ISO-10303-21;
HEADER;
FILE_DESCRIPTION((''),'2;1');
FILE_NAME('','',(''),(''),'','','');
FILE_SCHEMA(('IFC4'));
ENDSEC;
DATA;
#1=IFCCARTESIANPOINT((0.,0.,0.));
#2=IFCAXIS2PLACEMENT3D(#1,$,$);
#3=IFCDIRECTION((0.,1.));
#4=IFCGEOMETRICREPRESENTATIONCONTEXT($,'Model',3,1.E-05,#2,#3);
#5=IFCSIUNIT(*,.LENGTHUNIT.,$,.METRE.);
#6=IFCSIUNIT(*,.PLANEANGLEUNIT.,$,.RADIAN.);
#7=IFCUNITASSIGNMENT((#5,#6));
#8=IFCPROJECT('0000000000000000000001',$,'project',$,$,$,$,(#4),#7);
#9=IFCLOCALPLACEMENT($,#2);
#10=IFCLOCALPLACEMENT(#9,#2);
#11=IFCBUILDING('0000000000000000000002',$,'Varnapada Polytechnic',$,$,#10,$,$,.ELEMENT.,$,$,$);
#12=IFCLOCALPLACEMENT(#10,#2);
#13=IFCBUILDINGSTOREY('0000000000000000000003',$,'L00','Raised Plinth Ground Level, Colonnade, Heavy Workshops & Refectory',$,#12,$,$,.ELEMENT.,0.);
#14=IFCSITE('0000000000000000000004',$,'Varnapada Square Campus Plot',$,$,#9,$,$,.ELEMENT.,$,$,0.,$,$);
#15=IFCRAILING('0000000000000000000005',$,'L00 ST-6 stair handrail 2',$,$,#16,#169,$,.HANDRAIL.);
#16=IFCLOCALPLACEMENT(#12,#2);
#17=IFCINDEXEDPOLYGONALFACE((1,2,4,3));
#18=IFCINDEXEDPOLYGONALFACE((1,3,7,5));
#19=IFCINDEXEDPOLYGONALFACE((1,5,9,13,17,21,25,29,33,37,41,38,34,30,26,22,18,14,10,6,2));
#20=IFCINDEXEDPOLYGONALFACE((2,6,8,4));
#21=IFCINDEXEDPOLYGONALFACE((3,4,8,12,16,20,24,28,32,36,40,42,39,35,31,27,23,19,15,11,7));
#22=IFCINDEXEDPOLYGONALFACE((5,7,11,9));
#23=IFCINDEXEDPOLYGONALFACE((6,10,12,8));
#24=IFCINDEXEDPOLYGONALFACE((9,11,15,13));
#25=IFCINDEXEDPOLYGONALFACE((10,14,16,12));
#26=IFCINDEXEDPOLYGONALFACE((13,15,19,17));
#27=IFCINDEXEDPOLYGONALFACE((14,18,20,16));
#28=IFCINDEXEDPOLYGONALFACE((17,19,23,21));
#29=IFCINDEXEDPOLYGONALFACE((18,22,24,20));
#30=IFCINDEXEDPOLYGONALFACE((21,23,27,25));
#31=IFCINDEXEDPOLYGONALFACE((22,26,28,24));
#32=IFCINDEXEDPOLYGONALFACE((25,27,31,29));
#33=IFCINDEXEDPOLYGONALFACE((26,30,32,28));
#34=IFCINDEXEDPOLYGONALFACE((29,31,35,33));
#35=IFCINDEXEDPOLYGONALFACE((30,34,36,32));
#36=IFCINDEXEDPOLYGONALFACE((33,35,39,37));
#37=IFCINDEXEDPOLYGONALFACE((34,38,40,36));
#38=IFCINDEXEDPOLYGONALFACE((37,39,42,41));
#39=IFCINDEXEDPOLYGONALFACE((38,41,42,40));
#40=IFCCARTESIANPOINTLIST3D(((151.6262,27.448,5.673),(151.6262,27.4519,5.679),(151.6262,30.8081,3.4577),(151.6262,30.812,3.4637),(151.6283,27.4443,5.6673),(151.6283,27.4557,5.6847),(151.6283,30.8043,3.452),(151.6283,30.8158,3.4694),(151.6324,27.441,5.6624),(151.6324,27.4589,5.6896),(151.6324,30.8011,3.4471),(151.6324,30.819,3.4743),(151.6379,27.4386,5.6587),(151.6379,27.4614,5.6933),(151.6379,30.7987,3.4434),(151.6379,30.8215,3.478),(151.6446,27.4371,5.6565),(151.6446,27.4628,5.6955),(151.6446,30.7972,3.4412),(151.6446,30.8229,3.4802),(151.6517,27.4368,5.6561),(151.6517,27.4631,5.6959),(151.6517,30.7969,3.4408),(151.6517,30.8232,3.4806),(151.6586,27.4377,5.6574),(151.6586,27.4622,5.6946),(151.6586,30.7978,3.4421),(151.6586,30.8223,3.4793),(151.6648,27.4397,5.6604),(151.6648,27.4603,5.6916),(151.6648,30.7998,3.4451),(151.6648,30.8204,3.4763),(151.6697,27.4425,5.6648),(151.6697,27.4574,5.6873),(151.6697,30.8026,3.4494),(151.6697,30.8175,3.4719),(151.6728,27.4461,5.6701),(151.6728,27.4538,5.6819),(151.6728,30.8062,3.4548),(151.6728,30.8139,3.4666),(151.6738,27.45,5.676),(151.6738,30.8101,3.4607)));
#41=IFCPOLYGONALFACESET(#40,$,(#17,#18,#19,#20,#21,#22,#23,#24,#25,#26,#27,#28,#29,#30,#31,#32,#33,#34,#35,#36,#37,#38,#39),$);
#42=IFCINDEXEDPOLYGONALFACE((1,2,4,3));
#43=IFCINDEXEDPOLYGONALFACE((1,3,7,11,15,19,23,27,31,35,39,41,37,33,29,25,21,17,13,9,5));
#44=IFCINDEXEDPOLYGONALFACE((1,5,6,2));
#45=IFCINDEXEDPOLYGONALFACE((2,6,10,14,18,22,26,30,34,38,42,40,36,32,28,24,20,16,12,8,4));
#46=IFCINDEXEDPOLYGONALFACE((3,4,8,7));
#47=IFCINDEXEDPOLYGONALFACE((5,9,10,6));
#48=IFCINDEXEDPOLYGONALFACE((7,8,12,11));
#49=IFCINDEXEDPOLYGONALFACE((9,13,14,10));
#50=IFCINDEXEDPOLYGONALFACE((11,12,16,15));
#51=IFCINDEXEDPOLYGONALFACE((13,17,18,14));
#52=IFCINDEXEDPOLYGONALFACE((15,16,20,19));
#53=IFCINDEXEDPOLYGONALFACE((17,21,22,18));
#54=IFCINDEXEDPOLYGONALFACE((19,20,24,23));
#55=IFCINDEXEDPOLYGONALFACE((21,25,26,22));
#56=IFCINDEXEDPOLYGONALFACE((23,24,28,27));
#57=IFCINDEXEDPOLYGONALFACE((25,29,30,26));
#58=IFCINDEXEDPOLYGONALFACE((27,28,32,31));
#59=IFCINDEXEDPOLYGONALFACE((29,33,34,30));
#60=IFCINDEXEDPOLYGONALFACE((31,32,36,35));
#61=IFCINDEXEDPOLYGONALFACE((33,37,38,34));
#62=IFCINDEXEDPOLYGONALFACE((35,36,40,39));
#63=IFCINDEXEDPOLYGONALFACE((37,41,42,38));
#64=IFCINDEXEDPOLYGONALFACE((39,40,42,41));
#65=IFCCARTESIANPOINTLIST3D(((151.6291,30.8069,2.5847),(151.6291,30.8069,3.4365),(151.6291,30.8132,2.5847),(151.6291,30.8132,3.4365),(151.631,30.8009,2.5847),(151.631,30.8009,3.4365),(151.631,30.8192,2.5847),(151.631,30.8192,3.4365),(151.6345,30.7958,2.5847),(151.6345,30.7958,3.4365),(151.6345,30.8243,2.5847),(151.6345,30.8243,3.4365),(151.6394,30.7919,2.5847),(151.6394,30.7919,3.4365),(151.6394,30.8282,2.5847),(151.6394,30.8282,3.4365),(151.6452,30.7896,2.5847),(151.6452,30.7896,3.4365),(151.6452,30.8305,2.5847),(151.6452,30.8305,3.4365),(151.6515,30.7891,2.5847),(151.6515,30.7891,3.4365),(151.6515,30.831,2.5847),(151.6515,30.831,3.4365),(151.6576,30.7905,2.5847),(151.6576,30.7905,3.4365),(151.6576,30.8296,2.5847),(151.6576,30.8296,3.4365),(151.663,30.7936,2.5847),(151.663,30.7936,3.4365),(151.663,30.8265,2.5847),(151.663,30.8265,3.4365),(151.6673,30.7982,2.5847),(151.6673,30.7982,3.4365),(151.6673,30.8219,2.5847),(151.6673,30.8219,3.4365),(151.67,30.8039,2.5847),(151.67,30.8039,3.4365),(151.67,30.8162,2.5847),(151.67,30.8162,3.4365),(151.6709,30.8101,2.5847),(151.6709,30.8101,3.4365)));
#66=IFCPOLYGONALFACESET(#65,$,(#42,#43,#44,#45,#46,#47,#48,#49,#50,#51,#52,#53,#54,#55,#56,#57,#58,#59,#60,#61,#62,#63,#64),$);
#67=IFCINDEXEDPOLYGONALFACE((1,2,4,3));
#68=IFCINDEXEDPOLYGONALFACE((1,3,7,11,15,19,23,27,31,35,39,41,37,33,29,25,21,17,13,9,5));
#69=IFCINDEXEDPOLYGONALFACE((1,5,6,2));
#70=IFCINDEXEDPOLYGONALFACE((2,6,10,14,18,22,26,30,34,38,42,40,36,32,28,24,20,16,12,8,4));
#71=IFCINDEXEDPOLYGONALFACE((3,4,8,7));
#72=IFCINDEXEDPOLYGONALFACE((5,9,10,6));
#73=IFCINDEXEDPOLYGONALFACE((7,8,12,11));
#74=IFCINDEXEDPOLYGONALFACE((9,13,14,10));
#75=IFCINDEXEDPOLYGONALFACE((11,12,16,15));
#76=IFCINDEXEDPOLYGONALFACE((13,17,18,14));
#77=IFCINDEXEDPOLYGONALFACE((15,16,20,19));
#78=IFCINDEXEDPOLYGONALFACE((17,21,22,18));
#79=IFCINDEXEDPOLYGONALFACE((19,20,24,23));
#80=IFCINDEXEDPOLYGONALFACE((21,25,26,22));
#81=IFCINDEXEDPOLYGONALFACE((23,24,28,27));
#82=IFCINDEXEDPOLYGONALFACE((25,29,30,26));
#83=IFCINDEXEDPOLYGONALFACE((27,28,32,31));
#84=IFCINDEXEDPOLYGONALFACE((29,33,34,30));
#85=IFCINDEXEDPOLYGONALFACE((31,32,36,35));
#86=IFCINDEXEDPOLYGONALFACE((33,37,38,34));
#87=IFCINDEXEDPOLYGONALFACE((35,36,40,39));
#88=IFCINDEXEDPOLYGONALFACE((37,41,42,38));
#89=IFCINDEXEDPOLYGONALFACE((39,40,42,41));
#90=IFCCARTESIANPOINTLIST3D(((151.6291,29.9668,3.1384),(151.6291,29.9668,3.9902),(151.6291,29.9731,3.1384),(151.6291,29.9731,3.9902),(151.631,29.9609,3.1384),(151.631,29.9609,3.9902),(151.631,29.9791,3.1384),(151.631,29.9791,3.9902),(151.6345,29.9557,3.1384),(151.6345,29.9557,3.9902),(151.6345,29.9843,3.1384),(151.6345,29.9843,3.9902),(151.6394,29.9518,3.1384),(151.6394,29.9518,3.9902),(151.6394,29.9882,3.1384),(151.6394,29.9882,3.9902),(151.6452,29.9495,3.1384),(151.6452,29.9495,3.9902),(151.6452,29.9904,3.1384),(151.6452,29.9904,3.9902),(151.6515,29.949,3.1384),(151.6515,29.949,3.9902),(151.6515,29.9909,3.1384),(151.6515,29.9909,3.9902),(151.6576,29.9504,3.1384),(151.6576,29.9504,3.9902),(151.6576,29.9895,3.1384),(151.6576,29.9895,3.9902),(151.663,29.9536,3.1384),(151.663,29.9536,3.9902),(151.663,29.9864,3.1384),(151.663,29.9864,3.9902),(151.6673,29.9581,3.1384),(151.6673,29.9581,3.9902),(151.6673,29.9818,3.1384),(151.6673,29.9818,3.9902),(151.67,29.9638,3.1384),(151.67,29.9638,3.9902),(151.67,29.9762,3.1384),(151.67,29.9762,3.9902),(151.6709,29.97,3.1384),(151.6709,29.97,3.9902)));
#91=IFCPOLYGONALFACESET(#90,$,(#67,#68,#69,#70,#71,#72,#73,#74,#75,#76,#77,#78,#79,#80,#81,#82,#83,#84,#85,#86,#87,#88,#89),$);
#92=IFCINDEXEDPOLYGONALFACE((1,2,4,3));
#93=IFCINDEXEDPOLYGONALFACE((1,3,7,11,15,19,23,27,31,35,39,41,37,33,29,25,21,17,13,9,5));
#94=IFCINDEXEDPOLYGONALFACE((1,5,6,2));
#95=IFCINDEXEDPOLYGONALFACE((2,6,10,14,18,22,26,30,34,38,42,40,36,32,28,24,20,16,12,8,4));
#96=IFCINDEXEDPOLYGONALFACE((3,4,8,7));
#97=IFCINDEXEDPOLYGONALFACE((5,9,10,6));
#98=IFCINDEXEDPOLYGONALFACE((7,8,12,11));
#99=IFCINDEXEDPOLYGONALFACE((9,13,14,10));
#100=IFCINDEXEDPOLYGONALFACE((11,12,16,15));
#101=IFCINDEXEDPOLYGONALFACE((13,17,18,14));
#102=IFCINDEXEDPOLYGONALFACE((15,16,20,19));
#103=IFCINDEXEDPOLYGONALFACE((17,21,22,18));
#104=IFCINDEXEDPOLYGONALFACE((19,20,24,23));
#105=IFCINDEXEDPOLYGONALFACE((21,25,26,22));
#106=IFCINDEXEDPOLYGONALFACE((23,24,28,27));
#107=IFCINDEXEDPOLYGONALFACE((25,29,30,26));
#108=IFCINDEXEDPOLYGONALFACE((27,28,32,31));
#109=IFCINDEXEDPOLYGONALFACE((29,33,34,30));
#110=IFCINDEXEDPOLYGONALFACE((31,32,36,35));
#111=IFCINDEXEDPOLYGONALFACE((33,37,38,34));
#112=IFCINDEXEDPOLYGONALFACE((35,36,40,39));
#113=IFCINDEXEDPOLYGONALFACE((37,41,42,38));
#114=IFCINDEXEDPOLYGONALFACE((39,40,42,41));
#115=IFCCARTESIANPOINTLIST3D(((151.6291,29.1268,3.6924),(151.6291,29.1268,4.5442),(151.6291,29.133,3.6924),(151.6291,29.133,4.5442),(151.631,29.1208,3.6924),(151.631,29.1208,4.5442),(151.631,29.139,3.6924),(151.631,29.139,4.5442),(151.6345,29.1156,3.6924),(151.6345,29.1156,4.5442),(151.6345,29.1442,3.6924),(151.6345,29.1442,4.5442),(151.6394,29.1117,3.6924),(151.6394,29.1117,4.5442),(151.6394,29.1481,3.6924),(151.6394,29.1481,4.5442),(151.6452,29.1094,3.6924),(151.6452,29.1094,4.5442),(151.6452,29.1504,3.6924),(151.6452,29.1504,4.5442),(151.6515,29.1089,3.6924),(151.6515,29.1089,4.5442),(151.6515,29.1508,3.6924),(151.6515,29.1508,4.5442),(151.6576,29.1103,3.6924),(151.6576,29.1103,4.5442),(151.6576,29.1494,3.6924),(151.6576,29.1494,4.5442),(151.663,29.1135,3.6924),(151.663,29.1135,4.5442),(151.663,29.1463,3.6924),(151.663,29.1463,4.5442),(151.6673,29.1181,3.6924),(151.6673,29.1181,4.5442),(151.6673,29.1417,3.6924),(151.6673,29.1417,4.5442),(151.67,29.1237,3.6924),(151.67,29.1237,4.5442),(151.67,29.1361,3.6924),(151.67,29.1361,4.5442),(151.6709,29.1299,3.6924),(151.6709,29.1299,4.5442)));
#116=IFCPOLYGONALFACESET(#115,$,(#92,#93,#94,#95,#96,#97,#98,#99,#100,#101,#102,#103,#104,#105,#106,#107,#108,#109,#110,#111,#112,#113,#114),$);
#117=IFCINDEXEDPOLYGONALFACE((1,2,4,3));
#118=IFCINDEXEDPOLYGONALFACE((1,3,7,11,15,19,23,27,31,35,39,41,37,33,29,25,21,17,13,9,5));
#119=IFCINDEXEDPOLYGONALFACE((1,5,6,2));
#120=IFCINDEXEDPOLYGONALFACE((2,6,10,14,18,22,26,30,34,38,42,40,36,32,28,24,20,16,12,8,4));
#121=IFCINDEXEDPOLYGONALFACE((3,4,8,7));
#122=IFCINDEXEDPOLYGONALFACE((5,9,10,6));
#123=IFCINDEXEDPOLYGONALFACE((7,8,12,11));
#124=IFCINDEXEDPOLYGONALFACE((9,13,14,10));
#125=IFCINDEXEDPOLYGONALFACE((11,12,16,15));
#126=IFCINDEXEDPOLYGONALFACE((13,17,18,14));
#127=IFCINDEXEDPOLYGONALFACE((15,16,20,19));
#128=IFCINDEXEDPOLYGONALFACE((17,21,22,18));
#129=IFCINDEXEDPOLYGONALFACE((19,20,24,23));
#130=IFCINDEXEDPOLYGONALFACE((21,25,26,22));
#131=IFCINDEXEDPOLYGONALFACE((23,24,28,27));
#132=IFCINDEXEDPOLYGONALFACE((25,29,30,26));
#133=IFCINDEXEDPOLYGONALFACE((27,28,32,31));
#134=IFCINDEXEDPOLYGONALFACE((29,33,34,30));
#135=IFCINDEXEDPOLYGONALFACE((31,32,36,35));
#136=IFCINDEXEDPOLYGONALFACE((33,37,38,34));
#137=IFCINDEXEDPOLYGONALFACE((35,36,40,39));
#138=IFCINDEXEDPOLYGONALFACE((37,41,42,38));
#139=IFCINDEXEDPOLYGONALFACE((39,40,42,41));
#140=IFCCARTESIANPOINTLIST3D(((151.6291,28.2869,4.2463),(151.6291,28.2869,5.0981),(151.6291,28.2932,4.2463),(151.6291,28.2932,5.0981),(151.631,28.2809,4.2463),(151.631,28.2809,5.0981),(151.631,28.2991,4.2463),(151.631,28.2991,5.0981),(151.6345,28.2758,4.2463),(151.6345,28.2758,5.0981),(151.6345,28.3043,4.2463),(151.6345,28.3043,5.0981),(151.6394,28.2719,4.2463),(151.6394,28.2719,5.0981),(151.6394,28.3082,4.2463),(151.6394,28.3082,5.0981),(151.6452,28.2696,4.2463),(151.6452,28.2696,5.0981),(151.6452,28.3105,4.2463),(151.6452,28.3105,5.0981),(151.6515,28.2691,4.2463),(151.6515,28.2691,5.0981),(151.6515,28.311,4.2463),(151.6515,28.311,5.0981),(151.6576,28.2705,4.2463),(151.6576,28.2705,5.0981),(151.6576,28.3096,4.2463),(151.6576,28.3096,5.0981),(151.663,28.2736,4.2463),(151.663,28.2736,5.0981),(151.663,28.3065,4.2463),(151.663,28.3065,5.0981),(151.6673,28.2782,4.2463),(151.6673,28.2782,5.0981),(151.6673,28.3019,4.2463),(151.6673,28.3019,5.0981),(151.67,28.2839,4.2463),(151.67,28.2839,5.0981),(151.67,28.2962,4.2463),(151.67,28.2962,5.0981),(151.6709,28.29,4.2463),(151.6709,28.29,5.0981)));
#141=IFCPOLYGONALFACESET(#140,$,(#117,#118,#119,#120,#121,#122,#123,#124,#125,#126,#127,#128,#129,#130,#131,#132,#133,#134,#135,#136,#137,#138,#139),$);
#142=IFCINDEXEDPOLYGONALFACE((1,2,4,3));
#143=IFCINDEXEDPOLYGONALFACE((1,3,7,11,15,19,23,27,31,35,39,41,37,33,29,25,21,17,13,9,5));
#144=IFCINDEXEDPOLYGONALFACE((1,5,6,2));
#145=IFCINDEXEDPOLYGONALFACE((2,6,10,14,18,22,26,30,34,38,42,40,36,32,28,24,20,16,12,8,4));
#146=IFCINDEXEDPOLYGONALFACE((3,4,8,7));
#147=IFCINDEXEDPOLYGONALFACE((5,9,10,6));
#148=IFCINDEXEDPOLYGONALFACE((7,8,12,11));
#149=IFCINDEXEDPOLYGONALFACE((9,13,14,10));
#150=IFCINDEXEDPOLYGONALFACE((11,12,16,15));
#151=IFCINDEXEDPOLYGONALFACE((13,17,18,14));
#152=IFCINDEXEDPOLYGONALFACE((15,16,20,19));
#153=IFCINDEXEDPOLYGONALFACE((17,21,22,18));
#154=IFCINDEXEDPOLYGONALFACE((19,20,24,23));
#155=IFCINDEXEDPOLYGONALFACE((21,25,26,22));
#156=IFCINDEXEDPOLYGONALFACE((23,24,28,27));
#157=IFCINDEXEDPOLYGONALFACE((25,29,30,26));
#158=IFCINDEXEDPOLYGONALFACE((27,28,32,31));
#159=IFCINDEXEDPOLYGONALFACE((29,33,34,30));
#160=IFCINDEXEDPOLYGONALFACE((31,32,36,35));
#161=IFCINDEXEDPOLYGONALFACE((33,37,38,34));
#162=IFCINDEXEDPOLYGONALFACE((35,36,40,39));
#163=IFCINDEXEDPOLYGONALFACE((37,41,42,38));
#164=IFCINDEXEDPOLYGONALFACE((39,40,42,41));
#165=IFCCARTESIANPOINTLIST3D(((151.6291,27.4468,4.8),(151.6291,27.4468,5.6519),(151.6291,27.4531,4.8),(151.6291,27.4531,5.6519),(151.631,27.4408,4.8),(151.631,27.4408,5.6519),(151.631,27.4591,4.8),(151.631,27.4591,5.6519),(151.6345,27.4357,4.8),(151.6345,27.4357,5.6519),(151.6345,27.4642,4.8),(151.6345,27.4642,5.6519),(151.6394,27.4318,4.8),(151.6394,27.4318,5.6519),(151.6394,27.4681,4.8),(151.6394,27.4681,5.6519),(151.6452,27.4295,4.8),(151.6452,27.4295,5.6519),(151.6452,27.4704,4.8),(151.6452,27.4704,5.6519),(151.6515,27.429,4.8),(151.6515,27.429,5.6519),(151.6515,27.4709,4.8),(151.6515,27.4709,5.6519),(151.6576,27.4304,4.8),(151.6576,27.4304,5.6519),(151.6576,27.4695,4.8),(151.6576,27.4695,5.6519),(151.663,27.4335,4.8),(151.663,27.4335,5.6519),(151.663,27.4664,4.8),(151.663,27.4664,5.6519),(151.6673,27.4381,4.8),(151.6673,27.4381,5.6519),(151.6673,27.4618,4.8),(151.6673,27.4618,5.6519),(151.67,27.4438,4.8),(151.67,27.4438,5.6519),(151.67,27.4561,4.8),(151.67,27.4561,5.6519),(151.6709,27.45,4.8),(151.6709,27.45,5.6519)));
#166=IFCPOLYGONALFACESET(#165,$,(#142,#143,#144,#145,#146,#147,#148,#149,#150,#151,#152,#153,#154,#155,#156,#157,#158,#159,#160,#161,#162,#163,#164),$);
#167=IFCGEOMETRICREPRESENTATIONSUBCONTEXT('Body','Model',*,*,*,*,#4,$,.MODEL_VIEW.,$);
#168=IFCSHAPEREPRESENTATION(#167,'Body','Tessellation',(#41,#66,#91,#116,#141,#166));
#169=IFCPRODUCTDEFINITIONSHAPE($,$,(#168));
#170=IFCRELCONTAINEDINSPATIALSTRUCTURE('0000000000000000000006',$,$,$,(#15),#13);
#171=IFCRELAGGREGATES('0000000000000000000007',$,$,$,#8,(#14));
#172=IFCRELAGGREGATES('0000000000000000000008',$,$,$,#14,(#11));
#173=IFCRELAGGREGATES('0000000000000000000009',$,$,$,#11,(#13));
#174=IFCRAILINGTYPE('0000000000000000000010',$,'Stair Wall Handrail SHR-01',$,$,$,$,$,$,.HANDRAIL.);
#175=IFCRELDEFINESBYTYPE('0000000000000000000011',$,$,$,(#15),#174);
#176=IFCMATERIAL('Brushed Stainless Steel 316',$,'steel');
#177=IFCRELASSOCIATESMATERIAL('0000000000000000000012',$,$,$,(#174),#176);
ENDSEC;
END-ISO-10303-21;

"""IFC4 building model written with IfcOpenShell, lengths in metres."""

from ifc_helpers import new_model, si_unit, direction, frame, origin, origin_2d, place, context, subcontext, project, spatial, circle, extrude, material, type_object, element, save


model = new_model("IFC4")

# Units and contexts
model_context = context("Model", 3, precision=1e-05, world=origin(), true_north=direction((0.0, 1.0)))
body_context = subcontext(model_context, "Body", "Model", "MODEL_VIEW")
ifc_project = project(units=[si_unit("LENGTHUNIT", "METRE"), si_unit("PLANEANGLEUNIT", "RADIAN")], contexts=[model_context])

# Site, building, storey
site_placement = place(None, origin())
site = spatial("IfcSite", under=ifc_project, at=site_placement, Name="Varnapada Square Campus Plot", CompositionType="ELEMENT", RefElevation=0.0)
building_placement = place(site_placement, origin())
building = spatial("IfcBuilding", under=site, at=building_placement, Name="Varnapada Polytechnic", CompositionType="ELEMENT")
storey_placement = place(building_placement, origin())
storey = spatial("IfcBuildingStorey", under=building, at=storey_placement, Name="L00", Description="Raised Plinth Ground Level, Colonnade, Heavy Workshops & Refectory", CompositionType="ELEMENT", Elevation=0.0)

# Shared definitions
ifc_material_1 = material(Name="Brushed Stainless Steel 316", Category="steel")

# Railing
railing_type_1 = type_object("IfcRailingType", Name="Stair Wall Handrail SHR-01", PredefinedType="HANDRAIL", material=ifc_material_1)
railing_1_placement = place(storey_placement, frame((151.6499, 30.8101, 2.5847)))
element("IfcRailing", 1, at=railing_1_placement, inside=storey, type_object=railing_type_1, Name="L00 ST-6 stair handrail 2", PredefinedType="HANDRAIL", context=body_context, shape_type="SweptSolid", body=[
    extrude(circle(Radius=0.0239, at=origin_2d()), frame((0.0, 0.0, 0.876), z_axis=(0.0, -0.834876, 0.550437), x_axis=(1.0, 0.0, 0.0)), (0.0, 0.0, 1.0), 4.0247),
    extrude(circle(Radius=0.021, at=origin_2d()), origin(), (0.0, 0.0, 1.0), 0.8518),
    extrude(circle(Radius=0.021, at=origin_2d()), frame((0.0, -0.8401, 0.5537)), (0.0, 0.0, 1.0), 0.8518),
    extrude(circle(Radius=0.021, at=origin_2d()), frame((0.0, -1.6802, 1.1077)), (0.0, 0.0, 1.0), 0.8518),
    extrude(circle(Radius=0.021, at=origin_2d()), frame((0.0, -2.52, 1.6616)), (0.0, 0.0, 1.0), 0.8518),
    extrude(circle(Radius=0.021, at=origin_2d()), frame((0.0, -3.3601, 2.2153)), (0.0, 0.0, 1.0), 0.8518),
])

save(model, "model.ifc")
